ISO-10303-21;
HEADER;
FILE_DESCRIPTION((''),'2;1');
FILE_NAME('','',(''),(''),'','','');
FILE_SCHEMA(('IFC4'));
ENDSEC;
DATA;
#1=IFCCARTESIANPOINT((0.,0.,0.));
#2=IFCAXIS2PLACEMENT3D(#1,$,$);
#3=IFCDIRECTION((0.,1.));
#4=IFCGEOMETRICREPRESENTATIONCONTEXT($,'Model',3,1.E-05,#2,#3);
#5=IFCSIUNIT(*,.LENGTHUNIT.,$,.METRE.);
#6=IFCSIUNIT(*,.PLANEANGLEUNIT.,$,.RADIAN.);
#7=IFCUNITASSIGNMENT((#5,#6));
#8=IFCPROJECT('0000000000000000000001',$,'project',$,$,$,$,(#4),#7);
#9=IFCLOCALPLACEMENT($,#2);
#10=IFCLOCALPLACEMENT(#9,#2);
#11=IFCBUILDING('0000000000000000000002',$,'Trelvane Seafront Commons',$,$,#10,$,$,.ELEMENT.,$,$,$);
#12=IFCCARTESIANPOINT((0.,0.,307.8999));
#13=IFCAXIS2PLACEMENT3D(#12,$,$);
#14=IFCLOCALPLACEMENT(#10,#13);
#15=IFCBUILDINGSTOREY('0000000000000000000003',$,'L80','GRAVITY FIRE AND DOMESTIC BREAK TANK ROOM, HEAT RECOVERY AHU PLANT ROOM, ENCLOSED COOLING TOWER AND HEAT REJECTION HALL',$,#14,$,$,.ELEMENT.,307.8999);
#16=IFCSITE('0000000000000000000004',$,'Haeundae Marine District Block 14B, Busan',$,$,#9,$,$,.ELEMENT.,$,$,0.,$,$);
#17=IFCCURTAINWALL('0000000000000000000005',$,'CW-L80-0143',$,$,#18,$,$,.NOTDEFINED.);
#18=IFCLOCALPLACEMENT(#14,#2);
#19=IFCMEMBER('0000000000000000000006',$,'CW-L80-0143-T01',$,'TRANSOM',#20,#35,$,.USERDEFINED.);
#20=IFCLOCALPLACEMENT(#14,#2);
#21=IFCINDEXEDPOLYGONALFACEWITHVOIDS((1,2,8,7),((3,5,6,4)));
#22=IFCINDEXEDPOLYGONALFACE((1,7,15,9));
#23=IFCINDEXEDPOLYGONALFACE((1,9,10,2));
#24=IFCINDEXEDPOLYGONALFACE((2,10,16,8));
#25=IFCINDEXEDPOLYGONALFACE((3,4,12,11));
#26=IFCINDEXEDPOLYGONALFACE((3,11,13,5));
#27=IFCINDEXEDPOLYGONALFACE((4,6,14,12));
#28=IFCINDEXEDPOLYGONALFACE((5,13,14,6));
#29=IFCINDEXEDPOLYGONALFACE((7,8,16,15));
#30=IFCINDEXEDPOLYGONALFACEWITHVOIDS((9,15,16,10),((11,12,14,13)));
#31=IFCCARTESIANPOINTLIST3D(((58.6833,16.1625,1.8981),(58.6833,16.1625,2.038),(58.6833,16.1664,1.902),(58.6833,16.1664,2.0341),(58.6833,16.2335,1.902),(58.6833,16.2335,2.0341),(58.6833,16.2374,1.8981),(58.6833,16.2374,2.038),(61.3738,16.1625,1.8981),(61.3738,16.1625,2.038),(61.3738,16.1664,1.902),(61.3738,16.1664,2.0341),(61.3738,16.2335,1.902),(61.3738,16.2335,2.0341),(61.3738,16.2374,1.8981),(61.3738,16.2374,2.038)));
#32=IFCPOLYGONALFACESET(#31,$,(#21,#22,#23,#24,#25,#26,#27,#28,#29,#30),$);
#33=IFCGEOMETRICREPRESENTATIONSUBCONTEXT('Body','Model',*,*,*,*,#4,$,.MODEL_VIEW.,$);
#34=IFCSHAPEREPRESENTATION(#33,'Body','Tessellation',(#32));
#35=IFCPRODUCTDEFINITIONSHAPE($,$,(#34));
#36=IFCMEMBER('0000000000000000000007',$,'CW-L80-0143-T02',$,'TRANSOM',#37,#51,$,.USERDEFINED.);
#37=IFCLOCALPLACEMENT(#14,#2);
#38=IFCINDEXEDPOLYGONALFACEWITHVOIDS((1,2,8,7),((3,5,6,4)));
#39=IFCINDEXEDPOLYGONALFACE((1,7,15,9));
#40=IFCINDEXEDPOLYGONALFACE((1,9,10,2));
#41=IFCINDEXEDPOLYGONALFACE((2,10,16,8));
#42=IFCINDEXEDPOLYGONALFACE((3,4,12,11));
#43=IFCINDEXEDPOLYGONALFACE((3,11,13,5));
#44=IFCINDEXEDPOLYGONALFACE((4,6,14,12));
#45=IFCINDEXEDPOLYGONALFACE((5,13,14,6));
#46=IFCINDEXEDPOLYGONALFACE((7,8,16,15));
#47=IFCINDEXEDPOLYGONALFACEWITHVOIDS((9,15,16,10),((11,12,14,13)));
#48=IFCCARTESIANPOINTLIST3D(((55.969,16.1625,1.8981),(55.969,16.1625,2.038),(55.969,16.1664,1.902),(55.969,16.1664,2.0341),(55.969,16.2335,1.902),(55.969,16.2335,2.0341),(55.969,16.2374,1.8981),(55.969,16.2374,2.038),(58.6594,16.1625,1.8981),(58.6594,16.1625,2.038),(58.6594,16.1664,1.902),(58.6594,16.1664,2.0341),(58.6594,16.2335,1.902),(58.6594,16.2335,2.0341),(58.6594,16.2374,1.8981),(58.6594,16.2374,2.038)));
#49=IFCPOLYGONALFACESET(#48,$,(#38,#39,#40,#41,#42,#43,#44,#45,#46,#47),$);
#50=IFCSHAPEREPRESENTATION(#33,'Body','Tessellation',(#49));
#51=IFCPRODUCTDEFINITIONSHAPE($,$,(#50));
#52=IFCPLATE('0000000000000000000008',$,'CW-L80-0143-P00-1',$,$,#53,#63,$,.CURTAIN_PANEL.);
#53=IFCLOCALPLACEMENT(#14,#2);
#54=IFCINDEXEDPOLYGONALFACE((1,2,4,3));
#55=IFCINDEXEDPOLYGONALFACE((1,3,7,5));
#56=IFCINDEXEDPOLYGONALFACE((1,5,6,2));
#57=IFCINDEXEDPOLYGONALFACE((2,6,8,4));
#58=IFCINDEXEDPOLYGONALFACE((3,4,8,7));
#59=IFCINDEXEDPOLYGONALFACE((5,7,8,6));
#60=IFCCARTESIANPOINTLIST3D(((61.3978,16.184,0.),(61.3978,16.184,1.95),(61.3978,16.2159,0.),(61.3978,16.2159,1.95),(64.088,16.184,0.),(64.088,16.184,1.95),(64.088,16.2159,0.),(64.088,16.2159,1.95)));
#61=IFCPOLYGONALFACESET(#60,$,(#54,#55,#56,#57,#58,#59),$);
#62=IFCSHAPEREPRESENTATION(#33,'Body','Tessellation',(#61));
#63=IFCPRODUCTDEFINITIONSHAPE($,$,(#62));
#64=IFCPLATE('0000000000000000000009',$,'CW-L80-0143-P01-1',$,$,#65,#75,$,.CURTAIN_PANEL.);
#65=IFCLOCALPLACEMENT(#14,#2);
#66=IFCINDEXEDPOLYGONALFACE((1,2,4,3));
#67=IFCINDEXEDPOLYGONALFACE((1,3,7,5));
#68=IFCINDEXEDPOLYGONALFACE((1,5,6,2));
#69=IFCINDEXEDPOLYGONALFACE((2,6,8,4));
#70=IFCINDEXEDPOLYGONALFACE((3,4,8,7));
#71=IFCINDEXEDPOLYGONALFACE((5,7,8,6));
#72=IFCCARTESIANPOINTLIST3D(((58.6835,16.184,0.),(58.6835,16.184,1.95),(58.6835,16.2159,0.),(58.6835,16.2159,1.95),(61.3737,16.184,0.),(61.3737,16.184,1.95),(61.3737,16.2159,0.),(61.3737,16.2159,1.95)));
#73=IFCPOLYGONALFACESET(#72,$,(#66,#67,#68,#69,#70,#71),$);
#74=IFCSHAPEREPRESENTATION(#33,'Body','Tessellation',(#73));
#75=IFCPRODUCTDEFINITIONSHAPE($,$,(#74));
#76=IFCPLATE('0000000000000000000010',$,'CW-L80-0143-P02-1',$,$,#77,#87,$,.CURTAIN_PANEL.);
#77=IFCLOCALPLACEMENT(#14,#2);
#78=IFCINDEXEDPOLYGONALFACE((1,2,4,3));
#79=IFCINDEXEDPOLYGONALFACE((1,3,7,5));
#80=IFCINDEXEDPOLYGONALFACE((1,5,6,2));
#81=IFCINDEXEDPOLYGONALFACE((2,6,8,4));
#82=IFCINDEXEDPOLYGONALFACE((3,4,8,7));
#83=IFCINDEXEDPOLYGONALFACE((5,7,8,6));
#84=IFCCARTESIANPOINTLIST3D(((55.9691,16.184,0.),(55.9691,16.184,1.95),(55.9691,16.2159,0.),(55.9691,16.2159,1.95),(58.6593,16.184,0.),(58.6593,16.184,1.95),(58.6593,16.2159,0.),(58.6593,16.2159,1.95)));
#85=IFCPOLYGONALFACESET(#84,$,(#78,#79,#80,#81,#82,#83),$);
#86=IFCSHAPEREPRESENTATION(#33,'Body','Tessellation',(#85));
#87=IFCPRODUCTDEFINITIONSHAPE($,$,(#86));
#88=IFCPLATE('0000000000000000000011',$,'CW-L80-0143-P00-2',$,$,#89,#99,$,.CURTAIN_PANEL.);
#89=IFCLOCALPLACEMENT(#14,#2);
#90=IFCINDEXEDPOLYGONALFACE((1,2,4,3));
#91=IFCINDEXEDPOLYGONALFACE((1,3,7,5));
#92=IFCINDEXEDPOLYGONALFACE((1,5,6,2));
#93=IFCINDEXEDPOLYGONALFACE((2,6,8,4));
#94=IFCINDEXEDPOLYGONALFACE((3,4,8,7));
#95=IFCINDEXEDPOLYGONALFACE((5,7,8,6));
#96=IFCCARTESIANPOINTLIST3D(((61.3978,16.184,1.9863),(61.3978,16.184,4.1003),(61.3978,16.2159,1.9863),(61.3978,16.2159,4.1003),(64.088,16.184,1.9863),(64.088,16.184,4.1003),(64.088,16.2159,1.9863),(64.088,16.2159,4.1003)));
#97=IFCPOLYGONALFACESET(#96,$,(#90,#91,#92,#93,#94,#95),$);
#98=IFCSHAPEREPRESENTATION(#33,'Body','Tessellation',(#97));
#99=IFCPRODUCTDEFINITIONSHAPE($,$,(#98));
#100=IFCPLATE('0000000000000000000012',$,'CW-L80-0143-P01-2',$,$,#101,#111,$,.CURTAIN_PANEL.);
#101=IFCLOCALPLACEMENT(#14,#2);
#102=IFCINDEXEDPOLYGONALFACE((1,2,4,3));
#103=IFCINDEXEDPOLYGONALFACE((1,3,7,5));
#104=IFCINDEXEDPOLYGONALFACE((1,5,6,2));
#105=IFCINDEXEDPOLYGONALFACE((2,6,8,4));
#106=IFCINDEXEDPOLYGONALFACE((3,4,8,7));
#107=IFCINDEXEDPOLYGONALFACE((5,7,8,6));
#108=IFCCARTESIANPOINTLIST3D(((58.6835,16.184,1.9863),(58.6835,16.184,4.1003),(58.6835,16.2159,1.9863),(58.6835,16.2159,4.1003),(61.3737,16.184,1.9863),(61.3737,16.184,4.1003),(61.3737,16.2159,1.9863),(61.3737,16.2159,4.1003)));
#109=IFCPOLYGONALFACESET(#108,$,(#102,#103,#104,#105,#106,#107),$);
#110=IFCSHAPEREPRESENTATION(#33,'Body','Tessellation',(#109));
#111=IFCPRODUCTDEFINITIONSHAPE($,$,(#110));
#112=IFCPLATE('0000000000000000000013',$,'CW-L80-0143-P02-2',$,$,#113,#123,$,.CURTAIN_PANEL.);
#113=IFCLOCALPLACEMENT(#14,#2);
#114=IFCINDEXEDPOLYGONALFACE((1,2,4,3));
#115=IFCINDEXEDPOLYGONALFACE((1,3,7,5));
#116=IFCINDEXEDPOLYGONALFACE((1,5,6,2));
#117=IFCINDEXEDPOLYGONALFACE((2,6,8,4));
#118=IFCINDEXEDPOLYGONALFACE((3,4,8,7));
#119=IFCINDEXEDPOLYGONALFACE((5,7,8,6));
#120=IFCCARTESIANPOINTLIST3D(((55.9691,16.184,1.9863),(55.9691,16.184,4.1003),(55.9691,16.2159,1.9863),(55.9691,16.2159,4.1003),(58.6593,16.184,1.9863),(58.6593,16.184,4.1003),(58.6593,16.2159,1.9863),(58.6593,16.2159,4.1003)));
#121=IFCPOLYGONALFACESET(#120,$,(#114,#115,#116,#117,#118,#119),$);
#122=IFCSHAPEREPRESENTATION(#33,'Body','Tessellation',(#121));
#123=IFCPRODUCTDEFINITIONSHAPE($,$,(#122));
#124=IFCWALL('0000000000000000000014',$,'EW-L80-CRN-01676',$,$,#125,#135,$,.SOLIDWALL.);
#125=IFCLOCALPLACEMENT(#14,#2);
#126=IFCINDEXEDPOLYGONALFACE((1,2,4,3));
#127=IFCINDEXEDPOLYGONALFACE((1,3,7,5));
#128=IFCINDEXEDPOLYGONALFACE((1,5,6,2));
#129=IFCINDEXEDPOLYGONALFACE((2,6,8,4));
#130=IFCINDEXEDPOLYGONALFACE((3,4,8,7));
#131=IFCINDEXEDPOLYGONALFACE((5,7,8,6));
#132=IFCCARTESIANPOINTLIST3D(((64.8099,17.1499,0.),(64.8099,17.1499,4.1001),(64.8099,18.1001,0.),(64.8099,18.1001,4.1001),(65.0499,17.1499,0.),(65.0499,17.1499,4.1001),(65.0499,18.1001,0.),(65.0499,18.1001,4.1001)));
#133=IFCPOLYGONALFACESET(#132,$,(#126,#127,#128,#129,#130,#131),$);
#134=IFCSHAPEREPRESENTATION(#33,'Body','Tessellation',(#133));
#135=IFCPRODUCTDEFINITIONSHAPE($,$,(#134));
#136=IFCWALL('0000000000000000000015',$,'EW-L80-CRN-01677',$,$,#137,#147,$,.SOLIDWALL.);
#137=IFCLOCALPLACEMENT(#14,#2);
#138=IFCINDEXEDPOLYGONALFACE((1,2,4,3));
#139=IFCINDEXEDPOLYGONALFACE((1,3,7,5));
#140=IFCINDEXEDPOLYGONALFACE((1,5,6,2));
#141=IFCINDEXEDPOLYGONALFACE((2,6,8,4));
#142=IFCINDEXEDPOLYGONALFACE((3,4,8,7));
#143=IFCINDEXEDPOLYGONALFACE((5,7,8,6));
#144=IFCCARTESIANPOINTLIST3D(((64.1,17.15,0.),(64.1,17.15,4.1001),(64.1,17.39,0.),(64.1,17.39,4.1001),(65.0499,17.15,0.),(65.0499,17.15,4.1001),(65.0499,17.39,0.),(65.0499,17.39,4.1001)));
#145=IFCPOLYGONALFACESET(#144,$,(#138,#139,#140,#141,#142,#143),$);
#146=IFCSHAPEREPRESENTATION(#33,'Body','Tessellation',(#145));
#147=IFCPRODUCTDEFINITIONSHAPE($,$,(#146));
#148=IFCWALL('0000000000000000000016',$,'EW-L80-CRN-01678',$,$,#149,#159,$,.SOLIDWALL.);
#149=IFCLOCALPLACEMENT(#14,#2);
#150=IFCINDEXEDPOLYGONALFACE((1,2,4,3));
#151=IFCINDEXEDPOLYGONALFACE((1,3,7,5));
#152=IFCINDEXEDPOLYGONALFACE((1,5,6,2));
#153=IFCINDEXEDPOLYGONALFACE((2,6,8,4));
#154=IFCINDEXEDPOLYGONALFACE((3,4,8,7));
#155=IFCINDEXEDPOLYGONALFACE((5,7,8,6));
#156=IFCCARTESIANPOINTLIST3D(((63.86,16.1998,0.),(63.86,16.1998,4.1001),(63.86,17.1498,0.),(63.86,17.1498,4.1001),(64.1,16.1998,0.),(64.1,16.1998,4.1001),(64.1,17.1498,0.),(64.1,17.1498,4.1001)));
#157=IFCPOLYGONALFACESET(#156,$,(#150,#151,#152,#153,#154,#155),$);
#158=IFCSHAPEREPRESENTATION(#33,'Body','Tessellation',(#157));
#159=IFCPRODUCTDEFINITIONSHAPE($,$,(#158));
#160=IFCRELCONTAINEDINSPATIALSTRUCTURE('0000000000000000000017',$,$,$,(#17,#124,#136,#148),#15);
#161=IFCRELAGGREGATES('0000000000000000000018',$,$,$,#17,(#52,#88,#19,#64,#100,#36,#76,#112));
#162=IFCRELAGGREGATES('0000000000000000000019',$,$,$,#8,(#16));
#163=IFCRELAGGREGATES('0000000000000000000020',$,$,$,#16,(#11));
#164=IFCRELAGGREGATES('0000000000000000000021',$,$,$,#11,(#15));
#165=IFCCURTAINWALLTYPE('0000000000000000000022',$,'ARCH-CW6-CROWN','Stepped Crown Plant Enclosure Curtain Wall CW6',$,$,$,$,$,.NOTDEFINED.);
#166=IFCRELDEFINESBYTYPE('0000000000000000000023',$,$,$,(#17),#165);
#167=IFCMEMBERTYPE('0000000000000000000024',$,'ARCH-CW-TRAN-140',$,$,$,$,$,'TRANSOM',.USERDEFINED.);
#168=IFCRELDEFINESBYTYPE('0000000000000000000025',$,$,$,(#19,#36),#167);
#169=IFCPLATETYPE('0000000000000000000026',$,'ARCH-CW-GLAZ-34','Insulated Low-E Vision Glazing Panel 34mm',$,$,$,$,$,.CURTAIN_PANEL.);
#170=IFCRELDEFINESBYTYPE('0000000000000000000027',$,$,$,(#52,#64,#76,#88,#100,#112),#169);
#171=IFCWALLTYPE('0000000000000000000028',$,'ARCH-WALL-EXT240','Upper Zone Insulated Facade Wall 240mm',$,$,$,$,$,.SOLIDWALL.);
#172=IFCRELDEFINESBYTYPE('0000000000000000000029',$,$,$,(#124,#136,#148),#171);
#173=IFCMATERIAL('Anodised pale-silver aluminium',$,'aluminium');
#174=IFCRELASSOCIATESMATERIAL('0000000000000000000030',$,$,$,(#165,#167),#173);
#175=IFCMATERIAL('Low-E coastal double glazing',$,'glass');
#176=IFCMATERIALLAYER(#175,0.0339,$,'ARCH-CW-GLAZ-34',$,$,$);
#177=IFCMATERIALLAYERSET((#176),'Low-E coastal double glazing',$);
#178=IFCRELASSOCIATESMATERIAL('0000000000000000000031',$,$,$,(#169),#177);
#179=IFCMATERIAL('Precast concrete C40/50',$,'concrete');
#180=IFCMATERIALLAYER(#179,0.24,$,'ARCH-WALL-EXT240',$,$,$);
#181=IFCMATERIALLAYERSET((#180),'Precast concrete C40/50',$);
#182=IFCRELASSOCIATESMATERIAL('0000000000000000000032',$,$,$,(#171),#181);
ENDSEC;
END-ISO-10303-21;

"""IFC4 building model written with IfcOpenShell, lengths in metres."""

from ifc_helpers import new_model, si_unit, direction, frame, frame_2d, origin, origin_2d, place, context, subcontext, project, spatial, rectangle, hollow_rectangle, extrude, source, transform, mapped, material, layer, layer_set, material_profile, profile_set, type_object, element, aggregate, save


model = new_model("IFC4")

# Units and contexts
model_context = context("Model", 3, precision=1e-05, world=origin(), true_north=direction((0.0, 1.0)))
body_context = subcontext(model_context, "Body", "Model", "MODEL_VIEW")
ifc_project = project(units=[si_unit("LENGTHUNIT", "METRE"), si_unit("PLANEANGLEUNIT", "RADIAN")], contexts=[model_context])

# Site, building, storey
site_placement = place(None, origin())
site = spatial("IfcSite", under=ifc_project, at=site_placement, Name="Haeundae Marine District Block 14B, Busan", CompositionType="ELEMENT", RefElevation=0.0)
building_placement = place(site_placement, origin())
building = spatial("IfcBuilding", under=site, at=building_placement, Name="Trelvane Seafront Commons", CompositionType="ELEMENT")
storey_placement = place(building_placement, frame((0.0, 0.0, 307.8999)))
storey = spatial("IfcBuildingStorey", under=building, at=storey_placement, Name="L80", Description="GRAVITY FIRE AND DOMESTIC BREAK TANK ROOM, HEAT RECOVERY AHU PLANT ROOM, ENCLOSED COOLING TOWER AND HEAT REJECTION HALL", CompositionType="ELEMENT", Elevation=307.8999)

# Shared definitions
ifc_material_1 = material(Name="Anodised pale-silver aluminium", Category="aluminium")
curtain_wall_type = type_object("IfcCurtainWallType", Name="ARCH-CW6-CROWN", Description="Stepped Crown Plant Enclosure Curtain Wall CW6", PredefinedType="NOTDEFINED", material=ifc_material_1)

# Curtain wall, members, plates
curtain_wall_1_placement = place(storey_placement, origin())
curtain_wall_1 = element("IfcCurtainWall", 1, at=curtain_wall_1_placement, inside=storey, type_object=curtain_wall_type, Name="CW-L80-0143", PredefinedType="NOTDEFINED")
ifc_material_profile_1 = material_profile(ifc_material_1, hollow_rectangle(XDim=0.075, YDim=0.1399, WallThickness=0.0039, at=origin_2d()), Name="TRAN-75x140x4")
ifc_profile_set_1 = profile_set([ifc_material_profile_1], Name="Anodised pale-silver aluminium")
member_type_1 = type_object("IfcMemberType", Name="ARCH-CW-TRAN-140", ElementType="TRANSOM", PredefinedType="USERDEFINED", material=ifc_profile_set_1)
shared_shape_1 = source(origin(), body_context, "Body", "SweptSolid", [
    extrude(hollow_rectangle(XDim=0.075, YDim=0.1399, WallThickness=0.0039, at=origin_2d()), origin(), (0.0, 0.0, 1.0), 2.6904),
])
member_1_placement = place(storey_placement, frame((61.3738, 16.2, 1.968), z_axis=(-1.0, 0.0, 0.0), x_axis=(0.0, -1.0, 0.0)))
member_1 = element("IfcMember", 2, at=member_1_placement, type_object=member_type_1, Name="CW-L80-0143-T01", ObjectType="TRANSOM", PredefinedType="USERDEFINED", context=body_context, shape_type="MappedRepresentation", body=[
    mapped(shared_shape_1, transform((0.0, 0.0, 0.0), x_axis=(1.0, 0.0, 0.0), y_axis=(0.0, 1.0, 0.0), z_axis=(0.0, 0.0, 1.0), scale=1.0)),
])
member_2_placement = place(storey_placement, frame((58.6594, 16.2, 1.968), z_axis=(-1.0, 0.0, 0.0), x_axis=(0.0, -1.0, 0.0)))
member_2 = element("IfcMember", 3, at=member_2_placement, type_object=member_type_1, Name="CW-L80-0143-T02", ObjectType="TRANSOM", PredefinedType="USERDEFINED", context=body_context, shape_type="MappedRepresentation", body=[
    mapped(shared_shape_1, transform((0.0, 0.0, 0.0), x_axis=(1.0, 0.0, 0.0), y_axis=(0.0, 1.0, 0.0), z_axis=(0.0, 0.0, 1.0), scale=1.0)),
])
ifc_material_2 = material(Name="Low-E coastal double glazing", Category="glass")
ifc_layer_1 = layer(ifc_material_2, 0.0339, Name="ARCH-CW-GLAZ-34")
ifc_layer_set_1 = layer_set([ifc_layer_1], Name="Low-E coastal double glazing")
plate_type = type_object("IfcPlateType", Name="ARCH-CW-GLAZ-34", Description="Insulated Low-E Vision Glazing Panel 34mm", PredefinedType="CURTAIN_PANEL", material=ifc_layer_set_1)
shared_shape_2 = source(origin(), body_context, "Body", "SweptSolid", [
    extrude(rectangle(XDim=2.6902, YDim=0.032, at=origin_2d()), origin(), (0.0, 0.0, 1.0), 1.95),
])
plate_1_placement = place(storey_placement, frame((62.7429, 16.2, 0.0), z_axis=(0.0, 0.0, 1.0), x_axis=(-1.0, 0.0, 0.0)))
plate_1 = element("IfcPlate", 4, at=plate_1_placement, type_object=plate_type, Name="CW-L80-0143-P00-1", PredefinedType="CURTAIN_PANEL", context=body_context, shape_type="MappedRepresentation", body=[
    mapped(shared_shape_2, transform((0.0, 0.0, 0.0), x_axis=(1.0, 0.0, 0.0), y_axis=(0.0, 1.0, 0.0), z_axis=(0.0, 0.0, 1.0), scale=1.0)),
])
plate_2_placement = place(storey_placement, frame((60.0286, 16.2, 0.0), z_axis=(0.0, 0.0, 1.0), x_axis=(-1.0, 0.0, 0.0)))
plate_2 = element("IfcPlate", 5, at=plate_2_placement, type_object=plate_type, Name="CW-L80-0143-P01-1", PredefinedType="CURTAIN_PANEL", context=body_context, shape_type="MappedRepresentation", body=[
    mapped(shared_shape_2, transform((0.0, 0.0, 0.0), x_axis=(1.0, 0.0, 0.0), y_axis=(0.0, 1.0, 0.0), z_axis=(0.0, 0.0, 1.0), scale=1.0)),
])
plate_3_placement = place(storey_placement, frame((57.3142, 16.2, 0.0), z_axis=(0.0, 0.0, 1.0), x_axis=(-1.0, 0.0, 0.0)))
plate_3 = element("IfcPlate", 6, at=plate_3_placement, type_object=plate_type, Name="CW-L80-0143-P02-1", PredefinedType="CURTAIN_PANEL", context=body_context, shape_type="MappedRepresentation", body=[
    mapped(shared_shape_2, transform((0.0, 0.0, 0.0), x_axis=(1.0, 0.0, 0.0), y_axis=(0.0, 1.0, 0.0), z_axis=(0.0, 0.0, 1.0), scale=1.0)),
])
shared_shape_3 = source(origin(), body_context, "Body", "SweptSolid", [
    extrude(rectangle(XDim=2.6902, YDim=0.032, at=origin_2d()), origin(), (0.0, 0.0, 1.0), 2.114),
])
plate_4_placement = place(storey_placement, frame((62.7429, 16.2, 1.9863), z_axis=(0.0, 0.0, 1.0), x_axis=(-1.0, 0.0, 0.0)))
plate_4 = element("IfcPlate", 7, at=plate_4_placement, type_object=plate_type, Name="CW-L80-0143-P00-2", PredefinedType="CURTAIN_PANEL", context=body_context, shape_type="MappedRepresentation", body=[
    mapped(shared_shape_3, transform((0.0, 0.0, 0.0), x_axis=(1.0, 0.0, 0.0), y_axis=(0.0, 1.0, 0.0), z_axis=(0.0, 0.0, 1.0), scale=1.0)),
])
plate_5_placement = place(storey_placement, frame((60.0286, 16.2, 1.9863), z_axis=(0.0, 0.0, 1.0), x_axis=(-1.0, 0.0, 0.0)))
plate_5 = element("IfcPlate", 8, at=plate_5_placement, type_object=plate_type, Name="CW-L80-0143-P01-2", PredefinedType="CURTAIN_PANEL", context=body_context, shape_type="MappedRepresentation", body=[
    mapped(shared_shape_3, transform((0.0, 0.0, 0.0), x_axis=(1.0, 0.0, 0.0), y_axis=(0.0, 1.0, 0.0), z_axis=(0.0, 0.0, 1.0), scale=1.0)),
])
plate_6_placement = place(storey_placement, frame((57.3142, 16.2, 1.9863), z_axis=(0.0, 0.0, 1.0), x_axis=(-1.0, 0.0, 0.0)))
plate_6 = element("IfcPlate", 9, at=plate_6_placement, type_object=plate_type, Name="CW-L80-0143-P02-2", PredefinedType="CURTAIN_PANEL", context=body_context, shape_type="MappedRepresentation", body=[
    mapped(shared_shape_3, transform((0.0, 0.0, 0.0), x_axis=(1.0, 0.0, 0.0), y_axis=(0.0, 1.0, 0.0), z_axis=(0.0, 0.0, 1.0), scale=1.0)),
])
aggregate(curtain_wall_1, [plate_1, plate_4, member_1, plate_2, plate_5, member_2, plate_3, plate_6])

# Walls
ifc_material_3 = material(Name="Precast concrete C40/50", Category="concrete")
ifc_layer_2 = layer(ifc_material_3, 0.24, Name="ARCH-WALL-EXT240")
ifc_layer_set_2 = layer_set([ifc_layer_2], Name="Precast concrete C40/50")
wall_type_1 = type_object("IfcWallType", Name="ARCH-WALL-EXT240", Description="Upper Zone Insulated Facade Wall 240mm", PredefinedType="SOLIDWALL", material=ifc_layer_set_2)
wall_1_placement = place(storey_placement, frame((64.9299, 18.1001, 0.0), z_axis=(0.0, 0.0, 1.0), x_axis=(0.0, -1.0, 0.0)))
element("IfcWall", 10, at=wall_1_placement, inside=storey, type_object=wall_type_1, Name="EW-L80-CRN-01676", PredefinedType="SOLIDWALL", context=body_context, shape_type="SweptSolid", body=[
    extrude(rectangle(XDim=0.9502, YDim=0.24, at=frame_2d((0.4751, 0.0))), origin(), (0.0, 0.0, 1.0), 4.1001),
])
for number, where, z_axis, x_axis, name in (
    (11, (65.05, 17.27, 0.0), (0.0, 0.0, 1.0), (-1.0, 0.0, 0.0), "EW-L80-CRN-01677"),
    (12, (63.98, 17.1499, 0.0), (0.0, 0.0, 1.0), (0.0, -1.0, 0.0), "EW-L80-CRN-01678"),
):
    element("IfcWall", number, at=place(storey_placement, frame(where, z_axis=z_axis, x_axis=x_axis)), inside=storey, type_object=wall_type_1, Name=name, PredefinedType="SOLIDWALL", context=body_context, shape_type="SweptSolid", body=[
        extrude(rectangle(XDim=0.95, YDim=0.24, at=frame_2d((0.4751, 0.0))), origin(), (0.0, 0.0, 1.0), 4.1001),
    ])

save(model, "model.ifc")
